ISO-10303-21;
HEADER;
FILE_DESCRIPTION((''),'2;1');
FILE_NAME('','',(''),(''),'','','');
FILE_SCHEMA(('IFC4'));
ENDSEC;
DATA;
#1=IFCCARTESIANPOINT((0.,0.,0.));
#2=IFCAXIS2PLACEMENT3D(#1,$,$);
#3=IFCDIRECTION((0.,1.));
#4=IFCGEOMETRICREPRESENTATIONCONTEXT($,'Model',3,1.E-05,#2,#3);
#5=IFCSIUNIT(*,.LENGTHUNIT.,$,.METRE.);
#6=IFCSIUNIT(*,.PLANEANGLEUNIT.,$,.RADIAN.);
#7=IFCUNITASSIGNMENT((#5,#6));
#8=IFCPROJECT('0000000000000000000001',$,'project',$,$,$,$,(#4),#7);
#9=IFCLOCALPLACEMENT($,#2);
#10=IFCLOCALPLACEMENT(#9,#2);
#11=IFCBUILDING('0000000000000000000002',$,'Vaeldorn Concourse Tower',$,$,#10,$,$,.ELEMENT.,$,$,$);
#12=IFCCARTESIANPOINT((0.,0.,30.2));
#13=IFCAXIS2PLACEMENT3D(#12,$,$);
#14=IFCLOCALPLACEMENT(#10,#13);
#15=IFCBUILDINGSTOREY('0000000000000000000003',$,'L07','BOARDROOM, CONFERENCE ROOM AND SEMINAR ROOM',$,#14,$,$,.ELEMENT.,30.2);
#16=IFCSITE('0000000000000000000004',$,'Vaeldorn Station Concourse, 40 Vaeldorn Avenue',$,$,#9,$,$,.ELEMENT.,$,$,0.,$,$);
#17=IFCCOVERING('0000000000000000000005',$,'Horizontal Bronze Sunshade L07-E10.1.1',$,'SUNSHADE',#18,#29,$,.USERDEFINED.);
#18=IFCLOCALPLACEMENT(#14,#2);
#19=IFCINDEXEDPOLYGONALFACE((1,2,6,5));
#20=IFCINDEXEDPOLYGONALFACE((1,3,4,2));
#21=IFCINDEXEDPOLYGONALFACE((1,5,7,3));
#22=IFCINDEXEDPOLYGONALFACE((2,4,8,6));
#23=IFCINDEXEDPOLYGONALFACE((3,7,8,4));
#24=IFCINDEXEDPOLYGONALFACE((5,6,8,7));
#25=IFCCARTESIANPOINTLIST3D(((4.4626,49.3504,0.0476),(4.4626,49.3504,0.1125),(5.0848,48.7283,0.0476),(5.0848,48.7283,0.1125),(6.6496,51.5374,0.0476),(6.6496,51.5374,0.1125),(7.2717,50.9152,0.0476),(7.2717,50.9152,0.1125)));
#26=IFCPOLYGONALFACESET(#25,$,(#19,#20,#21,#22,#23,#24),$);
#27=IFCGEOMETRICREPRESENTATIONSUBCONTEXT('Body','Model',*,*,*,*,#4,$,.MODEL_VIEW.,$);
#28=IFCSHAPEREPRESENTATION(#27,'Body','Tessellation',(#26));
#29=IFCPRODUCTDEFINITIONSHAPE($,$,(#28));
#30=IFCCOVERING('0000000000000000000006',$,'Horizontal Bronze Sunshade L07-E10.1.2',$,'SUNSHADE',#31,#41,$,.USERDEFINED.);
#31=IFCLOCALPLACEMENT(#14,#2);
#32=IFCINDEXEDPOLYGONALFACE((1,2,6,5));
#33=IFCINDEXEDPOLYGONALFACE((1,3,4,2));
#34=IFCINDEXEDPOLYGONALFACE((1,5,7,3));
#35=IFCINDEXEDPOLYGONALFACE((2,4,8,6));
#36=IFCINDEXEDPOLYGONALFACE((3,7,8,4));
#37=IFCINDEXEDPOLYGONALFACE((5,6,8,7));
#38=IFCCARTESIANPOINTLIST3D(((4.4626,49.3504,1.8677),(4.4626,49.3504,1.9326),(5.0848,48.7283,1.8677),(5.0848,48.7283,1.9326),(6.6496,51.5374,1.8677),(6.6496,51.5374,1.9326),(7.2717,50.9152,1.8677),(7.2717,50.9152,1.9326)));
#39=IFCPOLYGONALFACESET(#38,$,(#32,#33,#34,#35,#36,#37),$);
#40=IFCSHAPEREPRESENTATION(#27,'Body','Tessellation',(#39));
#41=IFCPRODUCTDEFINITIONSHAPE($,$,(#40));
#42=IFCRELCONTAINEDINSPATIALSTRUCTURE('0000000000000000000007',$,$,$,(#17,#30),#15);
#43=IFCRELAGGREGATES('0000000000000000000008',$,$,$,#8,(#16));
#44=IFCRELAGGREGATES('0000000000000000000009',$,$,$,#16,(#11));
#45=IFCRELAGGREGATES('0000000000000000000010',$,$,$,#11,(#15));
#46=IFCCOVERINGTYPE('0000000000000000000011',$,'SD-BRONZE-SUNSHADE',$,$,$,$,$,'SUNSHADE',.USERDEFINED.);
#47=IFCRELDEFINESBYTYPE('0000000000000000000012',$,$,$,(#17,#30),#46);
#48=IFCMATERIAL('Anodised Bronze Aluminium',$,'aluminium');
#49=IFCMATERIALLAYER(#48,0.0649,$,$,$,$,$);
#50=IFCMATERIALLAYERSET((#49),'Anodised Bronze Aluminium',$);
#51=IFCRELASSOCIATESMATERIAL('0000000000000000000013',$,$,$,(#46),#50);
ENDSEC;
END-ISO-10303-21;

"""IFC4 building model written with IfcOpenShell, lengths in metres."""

from ifc_helpers import new_model, si_unit, direction, frame, origin, origin_2d, place, context, subcontext, project, spatial, rectangle, extrude, source, transform, mapped, material, layer, layer_set, type_object, element, save


model = new_model("IFC4")

# Units and contexts
model_context = context("Model", 3, precision=1e-05, world=origin(), true_north=direction((0.0, 1.0)))
body_context = subcontext(model_context, "Body", "Model", "MODEL_VIEW")
ifc_project = project(units=[si_unit("LENGTHUNIT", "METRE"), si_unit("PLANEANGLEUNIT", "RADIAN")], contexts=[model_context])

# Site, building, storey
site_placement = place(None, origin())
site = spatial("IfcSite", under=ifc_project, at=site_placement, Name="Vaeldorn Station Concourse, 40 Vaeldorn Avenue", CompositionType="ELEMENT", RefElevation=0.0)
building_placement = place(site_placement, origin())
building = spatial("IfcBuilding", under=site, at=building_placement, Name="Vaeldorn Concourse Tower", CompositionType="ELEMENT")
storey_placement = place(building_placement, frame((0.0, 0.0, 30.2)))
storey = spatial("IfcBuildingStorey", under=building, at=storey_placement, Name="L07", Description="BOARDROOM, CONFERENCE ROOM AND SEMINAR ROOM", CompositionType="ELEMENT", Elevation=30.2)

# Shared definitions
ifc_material_1 = material(Name="Anodised Bronze Aluminium", Category="aluminium")

# Coverings
ifc_layer_1 = layer(ifc_material_1, 0.0649)
ifc_layer_set_1 = layer_set([ifc_layer_1], Name="Anodised Bronze Aluminium")
covering_type = type_object("IfcCoveringType", Name="SD-BRONZE-SUNSHADE", ElementType="SUNSHADE", PredefinedType="USERDEFINED", material=ifc_layer_set_1)
shared_shape_1 = source(origin(), body_context, "Body", "SweptSolid", [
    extrude(rectangle(XDim=3.0928, YDim=0.8799, at=origin_2d()), origin(), (0.0, 0.0, 1.0), 0.0649),
])
for number, where, z_axis, x_axis, name in (
    (1, (5.8672, 50.1328, 0.0476), (0.0, 0.0, 1.0), (-0.707107, -0.707107, 0.0), "Horizontal Bronze Sunshade L07-E10.1.1"),
    (2, (5.8672, 50.1328, 1.8677), (0.0, 0.0, 1.0), (-0.707107, -0.707107, 0.0), "Horizontal Bronze Sunshade L07-E10.1.2"),
):
    element("IfcCovering", number, at=place(storey_placement, frame(where, z_axis=z_axis, x_axis=x_axis)), inside=storey, type_object=covering_type, Name=name, ObjectType="SUNSHADE", PredefinedType="USERDEFINED", context=body_context, shape_type="MappedRepresentation", body=[
        mapped(shared_shape_1, transform((0.0, 0.0, 0.0), scale=1.0)),
    ])

save(model, "model.ifc")
